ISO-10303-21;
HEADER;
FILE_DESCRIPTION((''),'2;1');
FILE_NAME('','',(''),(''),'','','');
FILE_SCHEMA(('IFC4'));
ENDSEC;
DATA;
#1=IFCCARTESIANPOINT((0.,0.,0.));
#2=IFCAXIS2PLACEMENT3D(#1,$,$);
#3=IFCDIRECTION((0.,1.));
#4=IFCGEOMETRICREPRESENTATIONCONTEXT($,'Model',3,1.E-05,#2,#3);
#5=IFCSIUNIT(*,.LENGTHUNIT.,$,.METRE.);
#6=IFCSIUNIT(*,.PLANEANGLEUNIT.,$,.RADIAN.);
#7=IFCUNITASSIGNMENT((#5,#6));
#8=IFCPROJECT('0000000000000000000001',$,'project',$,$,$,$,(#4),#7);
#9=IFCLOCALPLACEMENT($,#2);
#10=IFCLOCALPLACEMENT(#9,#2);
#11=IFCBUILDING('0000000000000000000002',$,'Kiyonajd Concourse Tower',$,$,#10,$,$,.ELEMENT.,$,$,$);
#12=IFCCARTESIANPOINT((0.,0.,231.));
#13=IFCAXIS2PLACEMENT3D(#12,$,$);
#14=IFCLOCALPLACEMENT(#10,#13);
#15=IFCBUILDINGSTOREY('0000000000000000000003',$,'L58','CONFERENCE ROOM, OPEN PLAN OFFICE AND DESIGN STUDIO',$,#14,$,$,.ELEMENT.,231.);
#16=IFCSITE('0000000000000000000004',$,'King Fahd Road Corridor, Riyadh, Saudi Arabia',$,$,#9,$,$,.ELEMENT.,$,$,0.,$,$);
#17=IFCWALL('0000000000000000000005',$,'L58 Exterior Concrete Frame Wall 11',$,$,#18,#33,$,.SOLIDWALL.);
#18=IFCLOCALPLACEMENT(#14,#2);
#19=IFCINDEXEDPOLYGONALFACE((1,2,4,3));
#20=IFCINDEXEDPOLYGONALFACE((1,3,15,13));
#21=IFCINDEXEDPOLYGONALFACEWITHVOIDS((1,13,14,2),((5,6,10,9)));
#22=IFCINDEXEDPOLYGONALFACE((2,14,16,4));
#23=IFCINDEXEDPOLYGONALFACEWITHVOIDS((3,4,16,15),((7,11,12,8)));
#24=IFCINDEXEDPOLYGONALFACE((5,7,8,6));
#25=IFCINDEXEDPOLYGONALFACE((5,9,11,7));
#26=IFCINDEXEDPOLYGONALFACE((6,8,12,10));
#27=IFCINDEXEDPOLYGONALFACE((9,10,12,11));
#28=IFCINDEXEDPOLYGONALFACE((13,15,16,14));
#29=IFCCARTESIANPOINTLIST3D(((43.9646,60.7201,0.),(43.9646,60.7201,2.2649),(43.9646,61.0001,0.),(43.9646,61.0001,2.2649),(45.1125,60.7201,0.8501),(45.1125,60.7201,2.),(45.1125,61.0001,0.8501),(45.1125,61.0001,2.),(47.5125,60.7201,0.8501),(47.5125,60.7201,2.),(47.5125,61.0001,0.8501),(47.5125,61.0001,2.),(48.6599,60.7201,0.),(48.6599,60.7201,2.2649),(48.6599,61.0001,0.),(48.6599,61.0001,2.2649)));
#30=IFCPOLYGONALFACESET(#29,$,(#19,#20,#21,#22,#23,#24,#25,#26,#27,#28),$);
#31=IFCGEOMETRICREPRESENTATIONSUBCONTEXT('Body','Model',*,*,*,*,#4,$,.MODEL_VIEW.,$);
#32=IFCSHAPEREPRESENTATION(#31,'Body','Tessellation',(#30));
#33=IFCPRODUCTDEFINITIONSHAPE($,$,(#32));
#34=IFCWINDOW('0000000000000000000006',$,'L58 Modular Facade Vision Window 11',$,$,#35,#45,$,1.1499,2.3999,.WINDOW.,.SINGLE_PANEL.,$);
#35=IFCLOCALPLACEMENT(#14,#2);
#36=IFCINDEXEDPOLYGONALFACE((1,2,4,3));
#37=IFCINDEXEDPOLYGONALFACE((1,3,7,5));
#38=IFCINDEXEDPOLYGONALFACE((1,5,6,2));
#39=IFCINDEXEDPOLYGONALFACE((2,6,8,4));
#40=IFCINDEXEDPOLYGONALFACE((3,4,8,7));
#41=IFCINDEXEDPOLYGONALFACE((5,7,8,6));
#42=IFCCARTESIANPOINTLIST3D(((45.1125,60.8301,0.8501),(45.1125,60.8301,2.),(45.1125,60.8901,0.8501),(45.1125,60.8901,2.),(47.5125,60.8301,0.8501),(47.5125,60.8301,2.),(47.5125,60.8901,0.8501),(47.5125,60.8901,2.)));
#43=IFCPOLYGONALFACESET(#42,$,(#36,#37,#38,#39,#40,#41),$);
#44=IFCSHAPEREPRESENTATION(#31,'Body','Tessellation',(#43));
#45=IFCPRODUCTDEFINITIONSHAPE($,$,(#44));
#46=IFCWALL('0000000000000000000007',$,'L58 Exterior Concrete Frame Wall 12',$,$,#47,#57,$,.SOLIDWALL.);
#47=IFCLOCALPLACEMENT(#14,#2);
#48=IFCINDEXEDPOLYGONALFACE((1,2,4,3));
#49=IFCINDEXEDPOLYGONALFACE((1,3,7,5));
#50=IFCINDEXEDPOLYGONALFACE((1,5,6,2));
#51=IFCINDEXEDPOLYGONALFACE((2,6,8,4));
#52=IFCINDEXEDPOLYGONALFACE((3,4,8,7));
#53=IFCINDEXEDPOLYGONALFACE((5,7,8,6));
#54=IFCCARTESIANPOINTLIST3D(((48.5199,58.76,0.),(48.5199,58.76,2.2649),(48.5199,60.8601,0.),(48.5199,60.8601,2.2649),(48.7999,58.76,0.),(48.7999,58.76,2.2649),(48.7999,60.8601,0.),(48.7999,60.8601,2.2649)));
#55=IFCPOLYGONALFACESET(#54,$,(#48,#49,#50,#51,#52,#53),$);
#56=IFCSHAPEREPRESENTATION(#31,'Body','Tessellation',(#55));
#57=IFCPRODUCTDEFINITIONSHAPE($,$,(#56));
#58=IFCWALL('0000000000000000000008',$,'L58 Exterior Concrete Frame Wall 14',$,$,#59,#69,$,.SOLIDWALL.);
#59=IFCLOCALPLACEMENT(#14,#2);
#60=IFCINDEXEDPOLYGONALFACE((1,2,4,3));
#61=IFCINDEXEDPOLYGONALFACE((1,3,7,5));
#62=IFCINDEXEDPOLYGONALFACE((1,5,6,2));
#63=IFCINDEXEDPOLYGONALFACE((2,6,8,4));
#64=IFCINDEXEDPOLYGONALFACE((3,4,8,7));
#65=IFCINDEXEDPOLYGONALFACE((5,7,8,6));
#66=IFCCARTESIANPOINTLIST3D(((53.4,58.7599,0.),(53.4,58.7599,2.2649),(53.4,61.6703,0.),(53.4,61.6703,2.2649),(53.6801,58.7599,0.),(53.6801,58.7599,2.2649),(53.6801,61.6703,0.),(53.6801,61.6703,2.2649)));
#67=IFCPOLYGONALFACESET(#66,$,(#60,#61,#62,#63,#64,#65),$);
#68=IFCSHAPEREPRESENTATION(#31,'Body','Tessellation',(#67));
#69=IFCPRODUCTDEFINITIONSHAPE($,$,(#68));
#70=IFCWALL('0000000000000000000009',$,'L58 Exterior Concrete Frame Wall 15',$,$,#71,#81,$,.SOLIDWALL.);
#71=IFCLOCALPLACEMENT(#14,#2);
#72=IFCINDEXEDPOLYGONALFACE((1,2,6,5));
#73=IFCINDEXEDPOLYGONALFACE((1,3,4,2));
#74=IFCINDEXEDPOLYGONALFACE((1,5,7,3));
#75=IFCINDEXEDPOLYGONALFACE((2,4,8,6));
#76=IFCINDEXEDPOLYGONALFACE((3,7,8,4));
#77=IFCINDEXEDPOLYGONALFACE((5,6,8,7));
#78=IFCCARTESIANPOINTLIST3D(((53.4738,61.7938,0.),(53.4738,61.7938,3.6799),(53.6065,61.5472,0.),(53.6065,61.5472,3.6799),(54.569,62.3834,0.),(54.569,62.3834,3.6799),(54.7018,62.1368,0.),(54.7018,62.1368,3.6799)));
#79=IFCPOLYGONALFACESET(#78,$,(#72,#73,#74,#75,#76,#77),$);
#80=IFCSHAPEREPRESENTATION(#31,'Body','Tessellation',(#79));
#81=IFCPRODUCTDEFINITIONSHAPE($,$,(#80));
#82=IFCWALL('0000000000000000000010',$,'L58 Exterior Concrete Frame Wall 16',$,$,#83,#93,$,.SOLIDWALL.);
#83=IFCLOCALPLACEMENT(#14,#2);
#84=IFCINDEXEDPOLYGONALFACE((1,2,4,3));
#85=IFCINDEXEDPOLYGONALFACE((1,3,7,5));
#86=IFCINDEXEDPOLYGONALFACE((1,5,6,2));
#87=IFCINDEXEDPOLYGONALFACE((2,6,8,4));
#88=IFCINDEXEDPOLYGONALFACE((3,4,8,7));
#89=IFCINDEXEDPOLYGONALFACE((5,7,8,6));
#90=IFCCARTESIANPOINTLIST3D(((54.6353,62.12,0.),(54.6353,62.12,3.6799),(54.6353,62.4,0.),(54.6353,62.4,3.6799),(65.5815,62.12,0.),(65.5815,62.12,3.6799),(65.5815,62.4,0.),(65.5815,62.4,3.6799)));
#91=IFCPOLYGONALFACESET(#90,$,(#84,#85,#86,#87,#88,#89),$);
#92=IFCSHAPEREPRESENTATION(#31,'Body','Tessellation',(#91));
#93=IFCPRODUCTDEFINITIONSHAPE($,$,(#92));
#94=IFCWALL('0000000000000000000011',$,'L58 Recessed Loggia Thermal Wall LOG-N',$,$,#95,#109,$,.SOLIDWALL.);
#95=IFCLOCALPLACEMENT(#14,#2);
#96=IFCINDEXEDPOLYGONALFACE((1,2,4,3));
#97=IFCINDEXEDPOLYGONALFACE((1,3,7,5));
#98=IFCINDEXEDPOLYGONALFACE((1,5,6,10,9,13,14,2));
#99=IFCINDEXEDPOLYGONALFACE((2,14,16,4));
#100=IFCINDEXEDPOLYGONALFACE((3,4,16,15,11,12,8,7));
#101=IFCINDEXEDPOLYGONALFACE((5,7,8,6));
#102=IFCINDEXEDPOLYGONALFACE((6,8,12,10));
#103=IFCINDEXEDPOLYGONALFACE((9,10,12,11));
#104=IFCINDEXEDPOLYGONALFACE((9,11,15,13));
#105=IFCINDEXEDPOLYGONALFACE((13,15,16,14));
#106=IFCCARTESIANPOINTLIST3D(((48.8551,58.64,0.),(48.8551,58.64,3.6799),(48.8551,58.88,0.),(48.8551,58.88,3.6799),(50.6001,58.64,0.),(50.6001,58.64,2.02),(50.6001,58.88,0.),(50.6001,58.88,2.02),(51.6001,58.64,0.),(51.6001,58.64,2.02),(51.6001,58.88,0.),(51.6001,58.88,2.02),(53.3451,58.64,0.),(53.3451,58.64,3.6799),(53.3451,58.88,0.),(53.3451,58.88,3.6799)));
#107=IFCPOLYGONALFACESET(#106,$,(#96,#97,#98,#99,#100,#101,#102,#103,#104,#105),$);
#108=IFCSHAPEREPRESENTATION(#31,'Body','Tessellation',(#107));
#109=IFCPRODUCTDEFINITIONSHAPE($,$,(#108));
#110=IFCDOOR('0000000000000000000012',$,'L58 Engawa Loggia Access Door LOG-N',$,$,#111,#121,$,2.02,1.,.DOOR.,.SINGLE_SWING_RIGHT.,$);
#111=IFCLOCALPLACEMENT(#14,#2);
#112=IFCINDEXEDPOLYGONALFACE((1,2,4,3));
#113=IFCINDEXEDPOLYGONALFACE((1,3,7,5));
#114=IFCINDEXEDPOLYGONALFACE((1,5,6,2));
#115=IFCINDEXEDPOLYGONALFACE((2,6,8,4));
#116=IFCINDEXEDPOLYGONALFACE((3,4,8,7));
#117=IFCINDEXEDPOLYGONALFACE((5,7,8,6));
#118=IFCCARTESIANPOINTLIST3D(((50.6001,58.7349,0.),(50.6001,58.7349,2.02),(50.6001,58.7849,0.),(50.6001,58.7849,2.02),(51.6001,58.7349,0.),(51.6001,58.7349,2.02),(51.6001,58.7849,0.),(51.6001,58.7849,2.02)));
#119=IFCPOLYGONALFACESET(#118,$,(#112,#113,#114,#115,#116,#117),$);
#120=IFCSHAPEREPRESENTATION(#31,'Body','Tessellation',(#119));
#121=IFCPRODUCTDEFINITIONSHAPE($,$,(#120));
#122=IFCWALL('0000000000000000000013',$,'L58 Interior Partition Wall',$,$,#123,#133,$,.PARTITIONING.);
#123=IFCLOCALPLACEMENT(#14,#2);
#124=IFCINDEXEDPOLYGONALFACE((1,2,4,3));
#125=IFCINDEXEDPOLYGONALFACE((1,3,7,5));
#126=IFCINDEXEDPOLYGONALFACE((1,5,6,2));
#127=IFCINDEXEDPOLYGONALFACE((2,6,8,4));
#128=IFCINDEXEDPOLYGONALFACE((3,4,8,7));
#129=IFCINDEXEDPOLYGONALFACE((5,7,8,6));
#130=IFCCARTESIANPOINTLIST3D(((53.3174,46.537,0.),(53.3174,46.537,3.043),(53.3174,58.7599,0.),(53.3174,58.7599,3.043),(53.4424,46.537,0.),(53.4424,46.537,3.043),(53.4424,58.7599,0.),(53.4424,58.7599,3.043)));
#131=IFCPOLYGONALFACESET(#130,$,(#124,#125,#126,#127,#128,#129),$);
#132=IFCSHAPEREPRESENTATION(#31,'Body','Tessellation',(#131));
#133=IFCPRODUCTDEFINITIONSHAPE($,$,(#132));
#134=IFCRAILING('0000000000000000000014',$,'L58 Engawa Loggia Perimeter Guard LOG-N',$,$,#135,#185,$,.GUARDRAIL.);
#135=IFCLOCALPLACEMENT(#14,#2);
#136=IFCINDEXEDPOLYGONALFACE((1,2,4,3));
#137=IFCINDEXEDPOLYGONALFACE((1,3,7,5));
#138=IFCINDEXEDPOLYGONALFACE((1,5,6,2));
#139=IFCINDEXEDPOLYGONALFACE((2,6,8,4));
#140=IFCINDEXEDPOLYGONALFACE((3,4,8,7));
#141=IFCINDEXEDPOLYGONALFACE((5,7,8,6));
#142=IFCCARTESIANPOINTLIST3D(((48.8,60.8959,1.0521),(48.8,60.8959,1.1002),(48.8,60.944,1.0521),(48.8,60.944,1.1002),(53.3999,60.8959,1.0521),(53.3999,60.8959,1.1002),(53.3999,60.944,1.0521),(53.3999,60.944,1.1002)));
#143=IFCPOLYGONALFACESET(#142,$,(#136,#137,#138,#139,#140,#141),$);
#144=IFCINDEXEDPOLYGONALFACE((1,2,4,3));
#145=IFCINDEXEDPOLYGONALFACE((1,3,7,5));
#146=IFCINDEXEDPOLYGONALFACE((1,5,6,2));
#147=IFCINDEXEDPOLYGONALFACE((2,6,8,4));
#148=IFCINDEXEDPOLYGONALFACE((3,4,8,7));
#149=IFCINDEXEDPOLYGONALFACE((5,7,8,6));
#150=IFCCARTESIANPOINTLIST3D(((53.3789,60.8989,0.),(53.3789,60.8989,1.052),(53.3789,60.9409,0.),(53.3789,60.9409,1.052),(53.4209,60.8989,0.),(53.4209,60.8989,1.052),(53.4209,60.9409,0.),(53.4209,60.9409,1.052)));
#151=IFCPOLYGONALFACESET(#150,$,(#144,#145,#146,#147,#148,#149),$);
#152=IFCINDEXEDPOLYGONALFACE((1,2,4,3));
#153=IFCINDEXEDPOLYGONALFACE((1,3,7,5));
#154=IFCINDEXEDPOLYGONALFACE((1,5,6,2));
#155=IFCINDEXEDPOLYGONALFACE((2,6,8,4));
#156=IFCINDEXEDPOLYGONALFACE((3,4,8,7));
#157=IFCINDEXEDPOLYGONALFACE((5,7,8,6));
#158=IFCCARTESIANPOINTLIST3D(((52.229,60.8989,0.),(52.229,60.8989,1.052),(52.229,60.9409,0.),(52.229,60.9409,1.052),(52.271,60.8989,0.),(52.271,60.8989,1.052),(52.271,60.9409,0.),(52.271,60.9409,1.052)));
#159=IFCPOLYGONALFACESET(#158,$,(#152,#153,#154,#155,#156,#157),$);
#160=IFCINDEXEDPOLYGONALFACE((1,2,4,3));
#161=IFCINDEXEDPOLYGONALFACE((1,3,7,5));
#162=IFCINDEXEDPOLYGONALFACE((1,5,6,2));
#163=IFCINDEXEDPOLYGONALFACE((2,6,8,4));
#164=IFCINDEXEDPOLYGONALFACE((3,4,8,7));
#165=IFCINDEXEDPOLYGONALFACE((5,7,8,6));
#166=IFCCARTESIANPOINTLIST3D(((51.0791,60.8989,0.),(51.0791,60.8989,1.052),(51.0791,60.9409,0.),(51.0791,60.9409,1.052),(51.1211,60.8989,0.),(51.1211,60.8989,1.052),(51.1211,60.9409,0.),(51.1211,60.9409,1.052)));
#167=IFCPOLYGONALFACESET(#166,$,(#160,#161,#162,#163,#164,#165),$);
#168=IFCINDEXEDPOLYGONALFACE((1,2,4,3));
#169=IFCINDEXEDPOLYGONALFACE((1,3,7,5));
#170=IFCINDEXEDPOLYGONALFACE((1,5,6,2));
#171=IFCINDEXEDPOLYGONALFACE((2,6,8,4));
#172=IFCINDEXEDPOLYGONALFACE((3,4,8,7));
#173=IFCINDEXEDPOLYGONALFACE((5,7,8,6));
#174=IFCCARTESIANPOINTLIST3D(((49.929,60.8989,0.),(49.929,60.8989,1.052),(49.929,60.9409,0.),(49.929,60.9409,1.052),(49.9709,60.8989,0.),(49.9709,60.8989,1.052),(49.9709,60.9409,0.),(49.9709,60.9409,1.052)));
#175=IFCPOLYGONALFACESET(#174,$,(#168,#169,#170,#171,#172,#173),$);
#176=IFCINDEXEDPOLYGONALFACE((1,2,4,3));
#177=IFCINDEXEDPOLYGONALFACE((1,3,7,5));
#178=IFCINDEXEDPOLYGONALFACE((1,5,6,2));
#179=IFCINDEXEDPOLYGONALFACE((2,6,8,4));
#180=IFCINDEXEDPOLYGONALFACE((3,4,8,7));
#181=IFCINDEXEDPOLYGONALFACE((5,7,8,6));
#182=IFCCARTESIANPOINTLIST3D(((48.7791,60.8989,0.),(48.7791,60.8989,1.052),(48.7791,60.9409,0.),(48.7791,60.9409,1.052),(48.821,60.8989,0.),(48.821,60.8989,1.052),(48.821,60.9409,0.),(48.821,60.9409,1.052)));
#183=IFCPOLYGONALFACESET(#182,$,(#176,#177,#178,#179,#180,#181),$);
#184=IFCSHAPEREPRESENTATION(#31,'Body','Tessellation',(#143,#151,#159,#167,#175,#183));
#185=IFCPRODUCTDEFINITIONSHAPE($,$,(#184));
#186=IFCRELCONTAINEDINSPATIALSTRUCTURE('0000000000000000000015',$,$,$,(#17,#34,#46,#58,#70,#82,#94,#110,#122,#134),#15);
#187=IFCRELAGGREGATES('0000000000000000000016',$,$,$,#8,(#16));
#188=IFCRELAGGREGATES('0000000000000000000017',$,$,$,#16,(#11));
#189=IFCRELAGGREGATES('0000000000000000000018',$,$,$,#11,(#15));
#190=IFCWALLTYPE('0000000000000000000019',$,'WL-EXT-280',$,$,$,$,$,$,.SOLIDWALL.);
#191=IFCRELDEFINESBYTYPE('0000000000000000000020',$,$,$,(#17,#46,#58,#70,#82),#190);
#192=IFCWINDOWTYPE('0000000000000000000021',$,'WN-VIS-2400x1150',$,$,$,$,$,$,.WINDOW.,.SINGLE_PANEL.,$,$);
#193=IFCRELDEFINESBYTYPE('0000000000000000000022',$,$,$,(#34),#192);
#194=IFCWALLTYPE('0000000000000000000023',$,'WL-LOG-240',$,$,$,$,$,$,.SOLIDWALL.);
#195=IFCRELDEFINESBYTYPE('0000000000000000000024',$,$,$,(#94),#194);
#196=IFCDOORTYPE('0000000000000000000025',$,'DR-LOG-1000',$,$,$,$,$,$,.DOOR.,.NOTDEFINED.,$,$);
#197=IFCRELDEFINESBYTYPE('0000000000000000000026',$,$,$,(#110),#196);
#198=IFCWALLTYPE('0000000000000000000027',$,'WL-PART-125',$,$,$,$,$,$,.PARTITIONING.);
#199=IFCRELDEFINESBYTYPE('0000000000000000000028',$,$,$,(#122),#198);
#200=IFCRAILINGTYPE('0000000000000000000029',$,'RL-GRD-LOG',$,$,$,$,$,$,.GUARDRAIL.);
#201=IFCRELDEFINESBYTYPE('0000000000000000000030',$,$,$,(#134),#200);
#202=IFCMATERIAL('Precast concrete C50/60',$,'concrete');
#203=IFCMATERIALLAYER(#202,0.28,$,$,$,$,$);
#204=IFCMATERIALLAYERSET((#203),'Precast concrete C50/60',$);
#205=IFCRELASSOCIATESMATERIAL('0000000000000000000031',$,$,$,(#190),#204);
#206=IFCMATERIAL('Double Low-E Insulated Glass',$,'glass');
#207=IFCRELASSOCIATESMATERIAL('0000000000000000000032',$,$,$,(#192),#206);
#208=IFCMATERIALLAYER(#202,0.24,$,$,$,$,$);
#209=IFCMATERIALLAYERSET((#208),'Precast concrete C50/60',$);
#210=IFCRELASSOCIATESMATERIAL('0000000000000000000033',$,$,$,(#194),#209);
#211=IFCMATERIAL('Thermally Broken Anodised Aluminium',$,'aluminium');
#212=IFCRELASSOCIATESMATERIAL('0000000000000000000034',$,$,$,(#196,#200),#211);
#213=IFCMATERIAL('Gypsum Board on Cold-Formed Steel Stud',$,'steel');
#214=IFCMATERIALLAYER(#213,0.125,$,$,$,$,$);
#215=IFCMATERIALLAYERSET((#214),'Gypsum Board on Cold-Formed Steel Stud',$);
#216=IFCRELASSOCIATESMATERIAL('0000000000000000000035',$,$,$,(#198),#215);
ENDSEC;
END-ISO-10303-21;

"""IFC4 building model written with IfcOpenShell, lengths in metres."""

from ifc_helpers import new_model, si_unit, direction, frame, frame_2d, origin, origin_2d, place, context, subcontext, project, spatial, rectangle, extrude, material, layer, layer_set, type_object, element, fill, save


model = new_model("IFC4")

# Units and contexts
model_context = context("Model", 3, precision=1e-05, world=origin(), true_north=direction((0.0, 1.0)))
body_context = subcontext(model_context, "Body", "Model", "MODEL_VIEW")
ifc_project = project(units=[si_unit("LENGTHUNIT", "METRE"), si_unit("PLANEANGLEUNIT", "RADIAN")], contexts=[model_context])

# Site, building, storey
site_placement = place(None, origin())
site = spatial("IfcSite", under=ifc_project, at=site_placement, Name="King Fahd Road Corridor, Riyadh, Saudi Arabia", CompositionType="ELEMENT", RefElevation=0.0)
building_placement = place(site_placement, origin())
building = spatial("IfcBuilding", under=site, at=building_placement, Name="Kiyonajd Concourse Tower", CompositionType="ELEMENT")
storey_placement = place(building_placement, frame((0.0, 0.0, 231.0)))
storey = spatial("IfcBuildingStorey", under=building, at=storey_placement, Name="L58", Description="CONFERENCE ROOM, OPEN PLAN OFFICE AND DESIGN STUDIO", CompositionType="ELEMENT", Elevation=231.0)

# Shared definitions
ifc_material_1 = material(Name="Thermally Broken Anodised Aluminium", Category="aluminium")

# Wall, opening, window
ifc_material_2 = material(Name="Precast concrete C50/60", Category="concrete")
ifc_layer_1 = layer(ifc_material_2, 0.28)
ifc_layer_set_1 = layer_set([ifc_layer_1], Name="Precast concrete C50/60")
wall_type_1 = type_object("IfcWallType", Name="WL-EXT-280", PredefinedType="SOLIDWALL", material=ifc_layer_set_1)
wall_1_placement = place(storey_placement, frame((43.9646, 60.8601, 0.0), z_axis=(0.0, 0.0, 1.0), x_axis=(1.0, 0.0, 0.0)))
wall_1 = element("IfcWall", 1, at=wall_1_placement, inside=storey, type_object=wall_type_1, Name="L58 Exterior Concrete Frame Wall 11", PredefinedType="SOLIDWALL", context=body_context, shape_type="SweptSolid", body=[
    extrude(rectangle(XDim=4.6953, YDim=0.28, at=frame_2d((2.3477, 0.0))), origin(), (0.0, 0.0, 1.0), 2.2649),
])
opening_1_placement = place(wall_1_placement, frame((1.1479, 0.0, 0.8501)))
opening_1 = element("IfcOpeningElement", 2, at=opening_1_placement, cuts=wall_1, PredefinedType="OPENING", context=body_context, shape_type="SweptSolid", body=[
    extrude(rectangle(XDim=2.3999, YDim=1.1499, at=frame_2d((1.2, 0.575))), frame((0.0, 0.1499, 0.0), z_axis=(0.0, -1.0, 0.0), x_axis=(1.0, 0.0, 0.0)), (0.0, 0.0, 1.0), 0.3),
])
ifc_material_3 = material(Name="Double Low-E Insulated Glass", Category="glass")
window_type = type_object("IfcWindowType", Name="WN-VIS-2400x1150", PartitioningType="SINGLE_PANEL", PredefinedType="WINDOW", material=ifc_material_3)
window_placement = place(opening_1_placement, origin())
window = element("IfcWindow", 3, at=window_placement, inside=storey, type_object=window_type, Name="L58 Modular Facade Vision Window 11", OverallHeight=1.1499, OverallWidth=2.3999, PartitioningType="SINGLE_PANEL", PredefinedType="WINDOW", context=body_context, shape_type="SweptSolid", body=[
    extrude(rectangle(XDim=2.3999, YDim=1.1499, at=frame_2d((1.2, 0.575))), frame((0.0, 0.03, 0.0), z_axis=(0.0, -1.0, 0.0), x_axis=(1.0, 0.0, 0.0)), (0.0, 0.0, 1.0), 0.0601),
])
fill(opening_1, window)

# Walls
wall_2_placement = place(storey_placement, frame((48.6599, 60.8601, 0.0), z_axis=(0.0, 0.0, 1.0), x_axis=(0.0, -1.0, 0.0)))
element("IfcWall", 4, at=wall_2_placement, inside=storey, type_object=wall_type_1, Name="L58 Exterior Concrete Frame Wall 12", PredefinedType="SOLIDWALL", context=body_context, shape_type="SweptSolid", body=[
    extrude(rectangle(XDim=2.1001, YDim=0.28, at=frame_2d((1.05, 0.0))), origin(), (0.0, 0.0, 1.0), 2.2649),
])
wall_3_placement = place(storey_placement, frame((53.54, 58.76, 0.0), z_axis=(0.0, 0.0, 1.0), x_axis=(0.0, 1.0, 0.0)))
element("IfcWall", 5, at=wall_3_placement, inside=storey, type_object=wall_type_1, Name="L58 Exterior Concrete Frame Wall 14", PredefinedType="SOLIDWALL", context=body_context, shape_type="SweptSolid", body=[
    extrude(rectangle(XDim=2.9104, YDim=0.28, at=frame_2d((1.4551, 0.0))), origin(), (0.0, 0.0, 1.0), 2.2649),
])
wall_4_placement = place(storey_placement, frame((53.54, 61.6704, 0.0), z_axis=(0.0, 0.0, 1.0), x_axis=(0.880515, 0.474018, 0.0)))
element("IfcWall", 6, at=wall_4_placement, inside=storey, type_object=wall_type_1, Name="L58 Exterior Concrete Frame Wall 15", PredefinedType="SOLIDWALL", context=body_context, shape_type="SweptSolid", body=[
    extrude(rectangle(XDim=1.2439, YDim=0.28, at=frame_2d((0.6221, 0.0))), origin(), (0.0, 0.0, 1.0), 3.6799),
])
wall_5_placement = place(storey_placement, frame((54.6353, 62.26, 0.0), z_axis=(0.0, 0.0, 1.0), x_axis=(1.0, 0.0, 0.0)))
element("IfcWall", 7, at=wall_5_placement, inside=storey, type_object=wall_type_1, Name="L58 Exterior Concrete Frame Wall 16", PredefinedType="SOLIDWALL", context=body_context, shape_type="SweptSolid", body=[
    extrude(rectangle(XDim=10.9463, YDim=0.28, at=frame_2d((5.4731, 0.0))), origin(), (0.0, 0.0, 1.0), 3.6799),
])

# Wall, opening, door
ifc_layer_2 = layer(ifc_material_2, 0.24)
ifc_layer_set_2 = layer_set([ifc_layer_2], Name="Precast concrete C50/60")
wall_type_2 = type_object("IfcWallType", Name="WL-LOG-240", PredefinedType="SOLIDWALL", material=ifc_layer_set_2)
wall_6_placement = place(storey_placement, frame((48.855, 58.76, 0.0), z_axis=(0.0, 0.0, 1.0), x_axis=(1.0, 0.0, 0.0)))
wall_6 = element("IfcWall", 8, at=wall_6_placement, inside=storey, type_object=wall_type_2, Name="L58 Recessed Loggia Thermal Wall LOG-N", PredefinedType="SOLIDWALL", context=body_context, shape_type="SweptSolid", body=[
    extrude(rectangle(XDim=4.49, YDim=0.24, at=frame_2d((2.2451, 0.0))), origin(), (0.0, 0.0, 1.0), 3.6799),
])
opening_2_placement = place(wall_6_placement, frame((1.7451, 0.0, 0.0)))
opening_2 = element("IfcOpeningElement", 9, at=opening_2_placement, cuts=wall_6, PredefinedType="OPENING", context=body_context, shape_type="SweptSolid", body=[
    extrude(rectangle(XDim=1.0, YDim=2.02, at=frame_2d((0.5, 1.01))), frame((0.0, 0.1299, 0.0), z_axis=(0.0, -1.0, 0.0), x_axis=(1.0, 0.0, 0.0)), (0.0, 0.0, 1.0), 0.26),
])
door_type = type_object("IfcDoorType", Name="DR-LOG-1000", OperationType="NOTDEFINED", PredefinedType="DOOR", material=ifc_material_1)
door_placement = place(opening_2_placement, origin())
door = element("IfcDoor", 10, at=door_placement, inside=storey, type_object=door_type, Name="L58 Engawa Loggia Access Door LOG-N", OperationType="SINGLE_SWING_RIGHT", OverallHeight=2.02, OverallWidth=1.0, PredefinedType="DOOR", context=body_context, shape_type="SweptSolid", body=[
    extrude(rectangle(XDim=1.0, YDim=2.02, at=frame_2d((0.5, 1.01))), frame((0.0, 0.0249, 0.0), z_axis=(0.0, -1.0, 0.0), x_axis=(1.0, 0.0, 0.0)), (0.0, 0.0, 1.0), 0.05),
])
fill(opening_2, door)

# Wall
ifc_material_4 = material(Name="Gypsum Board on Cold-Formed Steel Stud", Category="steel")
ifc_layer_3 = layer(ifc_material_4, 0.125)
ifc_layer_set_3 = layer_set([ifc_layer_3], Name="Gypsum Board on Cold-Formed Steel Stud")
wall_type_3 = type_object("IfcWallType", Name="WL-PART-125", PredefinedType="PARTITIONING", material=ifc_layer_set_3)
wall_7_placement = place(storey_placement, frame((53.3799, 46.5371, 0.0), z_axis=(0.0, 0.0, 1.0), x_axis=(0.0, 1.0, 0.0)))
element("IfcWall", 11, at=wall_7_placement, inside=storey, type_object=wall_type_3, Name="L58 Interior Partition Wall", PredefinedType="PARTITIONING", context=body_context, shape_type="SweptSolid", body=[
    extrude(rectangle(XDim=12.2229, YDim=0.125, at=frame_2d((6.1113, 0.0))), origin(), (0.0, 0.0, 1.0), 3.043),
])

# Railing
railing_type = type_object("IfcRailingType", Name="RL-GRD-LOG", PredefinedType="GUARDRAIL", material=ifc_material_1)
railing_placement = place(storey_placement, frame((53.3999, 60.9199, 0.0)))
element("IfcRailing", 12, at=railing_placement, inside=storey, type_object=railing_type, Name="L58 Engawa Loggia Perimeter Guard LOG-N", PredefinedType="GUARDRAIL", context=body_context, shape_type="SweptSolid", body=[
    extrude(rectangle(XDim=0.0481, YDim=0.0481, at=origin_2d()), frame((0.0, 0.0, 1.0762), z_axis=(-1.0, 0.0, 0.0), x_axis=(0.0, -1.0, 0.0)), (0.0, 0.0, 1.0), 4.5999),
    extrude(rectangle(XDim=0.042, YDim=0.042, at=origin_2d()), origin(), (0.0, 0.0, 1.0), 1.052),
    extrude(rectangle(XDim=0.042, YDim=0.042, at=origin_2d()), frame((-1.1499, 0.0, 0.0)), (0.0, 0.0, 1.0), 1.052),
    extrude(rectangle(XDim=0.042, YDim=0.042, at=origin_2d()), frame((-2.2998, 0.0, 0.0)), (0.0, 0.0, 1.0), 1.052),
    extrude(rectangle(XDim=0.042, YDim=0.042, at=origin_2d()), frame((-3.45, 0.0, 0.0)), (0.0, 0.0, 1.0), 1.052),
    extrude(rectangle(XDim=0.042, YDim=0.042, at=origin_2d()), frame((-4.5999, 0.0, 0.0)), (0.0, 0.0, 1.0), 1.052),
])

save(model, "model.ifc")
